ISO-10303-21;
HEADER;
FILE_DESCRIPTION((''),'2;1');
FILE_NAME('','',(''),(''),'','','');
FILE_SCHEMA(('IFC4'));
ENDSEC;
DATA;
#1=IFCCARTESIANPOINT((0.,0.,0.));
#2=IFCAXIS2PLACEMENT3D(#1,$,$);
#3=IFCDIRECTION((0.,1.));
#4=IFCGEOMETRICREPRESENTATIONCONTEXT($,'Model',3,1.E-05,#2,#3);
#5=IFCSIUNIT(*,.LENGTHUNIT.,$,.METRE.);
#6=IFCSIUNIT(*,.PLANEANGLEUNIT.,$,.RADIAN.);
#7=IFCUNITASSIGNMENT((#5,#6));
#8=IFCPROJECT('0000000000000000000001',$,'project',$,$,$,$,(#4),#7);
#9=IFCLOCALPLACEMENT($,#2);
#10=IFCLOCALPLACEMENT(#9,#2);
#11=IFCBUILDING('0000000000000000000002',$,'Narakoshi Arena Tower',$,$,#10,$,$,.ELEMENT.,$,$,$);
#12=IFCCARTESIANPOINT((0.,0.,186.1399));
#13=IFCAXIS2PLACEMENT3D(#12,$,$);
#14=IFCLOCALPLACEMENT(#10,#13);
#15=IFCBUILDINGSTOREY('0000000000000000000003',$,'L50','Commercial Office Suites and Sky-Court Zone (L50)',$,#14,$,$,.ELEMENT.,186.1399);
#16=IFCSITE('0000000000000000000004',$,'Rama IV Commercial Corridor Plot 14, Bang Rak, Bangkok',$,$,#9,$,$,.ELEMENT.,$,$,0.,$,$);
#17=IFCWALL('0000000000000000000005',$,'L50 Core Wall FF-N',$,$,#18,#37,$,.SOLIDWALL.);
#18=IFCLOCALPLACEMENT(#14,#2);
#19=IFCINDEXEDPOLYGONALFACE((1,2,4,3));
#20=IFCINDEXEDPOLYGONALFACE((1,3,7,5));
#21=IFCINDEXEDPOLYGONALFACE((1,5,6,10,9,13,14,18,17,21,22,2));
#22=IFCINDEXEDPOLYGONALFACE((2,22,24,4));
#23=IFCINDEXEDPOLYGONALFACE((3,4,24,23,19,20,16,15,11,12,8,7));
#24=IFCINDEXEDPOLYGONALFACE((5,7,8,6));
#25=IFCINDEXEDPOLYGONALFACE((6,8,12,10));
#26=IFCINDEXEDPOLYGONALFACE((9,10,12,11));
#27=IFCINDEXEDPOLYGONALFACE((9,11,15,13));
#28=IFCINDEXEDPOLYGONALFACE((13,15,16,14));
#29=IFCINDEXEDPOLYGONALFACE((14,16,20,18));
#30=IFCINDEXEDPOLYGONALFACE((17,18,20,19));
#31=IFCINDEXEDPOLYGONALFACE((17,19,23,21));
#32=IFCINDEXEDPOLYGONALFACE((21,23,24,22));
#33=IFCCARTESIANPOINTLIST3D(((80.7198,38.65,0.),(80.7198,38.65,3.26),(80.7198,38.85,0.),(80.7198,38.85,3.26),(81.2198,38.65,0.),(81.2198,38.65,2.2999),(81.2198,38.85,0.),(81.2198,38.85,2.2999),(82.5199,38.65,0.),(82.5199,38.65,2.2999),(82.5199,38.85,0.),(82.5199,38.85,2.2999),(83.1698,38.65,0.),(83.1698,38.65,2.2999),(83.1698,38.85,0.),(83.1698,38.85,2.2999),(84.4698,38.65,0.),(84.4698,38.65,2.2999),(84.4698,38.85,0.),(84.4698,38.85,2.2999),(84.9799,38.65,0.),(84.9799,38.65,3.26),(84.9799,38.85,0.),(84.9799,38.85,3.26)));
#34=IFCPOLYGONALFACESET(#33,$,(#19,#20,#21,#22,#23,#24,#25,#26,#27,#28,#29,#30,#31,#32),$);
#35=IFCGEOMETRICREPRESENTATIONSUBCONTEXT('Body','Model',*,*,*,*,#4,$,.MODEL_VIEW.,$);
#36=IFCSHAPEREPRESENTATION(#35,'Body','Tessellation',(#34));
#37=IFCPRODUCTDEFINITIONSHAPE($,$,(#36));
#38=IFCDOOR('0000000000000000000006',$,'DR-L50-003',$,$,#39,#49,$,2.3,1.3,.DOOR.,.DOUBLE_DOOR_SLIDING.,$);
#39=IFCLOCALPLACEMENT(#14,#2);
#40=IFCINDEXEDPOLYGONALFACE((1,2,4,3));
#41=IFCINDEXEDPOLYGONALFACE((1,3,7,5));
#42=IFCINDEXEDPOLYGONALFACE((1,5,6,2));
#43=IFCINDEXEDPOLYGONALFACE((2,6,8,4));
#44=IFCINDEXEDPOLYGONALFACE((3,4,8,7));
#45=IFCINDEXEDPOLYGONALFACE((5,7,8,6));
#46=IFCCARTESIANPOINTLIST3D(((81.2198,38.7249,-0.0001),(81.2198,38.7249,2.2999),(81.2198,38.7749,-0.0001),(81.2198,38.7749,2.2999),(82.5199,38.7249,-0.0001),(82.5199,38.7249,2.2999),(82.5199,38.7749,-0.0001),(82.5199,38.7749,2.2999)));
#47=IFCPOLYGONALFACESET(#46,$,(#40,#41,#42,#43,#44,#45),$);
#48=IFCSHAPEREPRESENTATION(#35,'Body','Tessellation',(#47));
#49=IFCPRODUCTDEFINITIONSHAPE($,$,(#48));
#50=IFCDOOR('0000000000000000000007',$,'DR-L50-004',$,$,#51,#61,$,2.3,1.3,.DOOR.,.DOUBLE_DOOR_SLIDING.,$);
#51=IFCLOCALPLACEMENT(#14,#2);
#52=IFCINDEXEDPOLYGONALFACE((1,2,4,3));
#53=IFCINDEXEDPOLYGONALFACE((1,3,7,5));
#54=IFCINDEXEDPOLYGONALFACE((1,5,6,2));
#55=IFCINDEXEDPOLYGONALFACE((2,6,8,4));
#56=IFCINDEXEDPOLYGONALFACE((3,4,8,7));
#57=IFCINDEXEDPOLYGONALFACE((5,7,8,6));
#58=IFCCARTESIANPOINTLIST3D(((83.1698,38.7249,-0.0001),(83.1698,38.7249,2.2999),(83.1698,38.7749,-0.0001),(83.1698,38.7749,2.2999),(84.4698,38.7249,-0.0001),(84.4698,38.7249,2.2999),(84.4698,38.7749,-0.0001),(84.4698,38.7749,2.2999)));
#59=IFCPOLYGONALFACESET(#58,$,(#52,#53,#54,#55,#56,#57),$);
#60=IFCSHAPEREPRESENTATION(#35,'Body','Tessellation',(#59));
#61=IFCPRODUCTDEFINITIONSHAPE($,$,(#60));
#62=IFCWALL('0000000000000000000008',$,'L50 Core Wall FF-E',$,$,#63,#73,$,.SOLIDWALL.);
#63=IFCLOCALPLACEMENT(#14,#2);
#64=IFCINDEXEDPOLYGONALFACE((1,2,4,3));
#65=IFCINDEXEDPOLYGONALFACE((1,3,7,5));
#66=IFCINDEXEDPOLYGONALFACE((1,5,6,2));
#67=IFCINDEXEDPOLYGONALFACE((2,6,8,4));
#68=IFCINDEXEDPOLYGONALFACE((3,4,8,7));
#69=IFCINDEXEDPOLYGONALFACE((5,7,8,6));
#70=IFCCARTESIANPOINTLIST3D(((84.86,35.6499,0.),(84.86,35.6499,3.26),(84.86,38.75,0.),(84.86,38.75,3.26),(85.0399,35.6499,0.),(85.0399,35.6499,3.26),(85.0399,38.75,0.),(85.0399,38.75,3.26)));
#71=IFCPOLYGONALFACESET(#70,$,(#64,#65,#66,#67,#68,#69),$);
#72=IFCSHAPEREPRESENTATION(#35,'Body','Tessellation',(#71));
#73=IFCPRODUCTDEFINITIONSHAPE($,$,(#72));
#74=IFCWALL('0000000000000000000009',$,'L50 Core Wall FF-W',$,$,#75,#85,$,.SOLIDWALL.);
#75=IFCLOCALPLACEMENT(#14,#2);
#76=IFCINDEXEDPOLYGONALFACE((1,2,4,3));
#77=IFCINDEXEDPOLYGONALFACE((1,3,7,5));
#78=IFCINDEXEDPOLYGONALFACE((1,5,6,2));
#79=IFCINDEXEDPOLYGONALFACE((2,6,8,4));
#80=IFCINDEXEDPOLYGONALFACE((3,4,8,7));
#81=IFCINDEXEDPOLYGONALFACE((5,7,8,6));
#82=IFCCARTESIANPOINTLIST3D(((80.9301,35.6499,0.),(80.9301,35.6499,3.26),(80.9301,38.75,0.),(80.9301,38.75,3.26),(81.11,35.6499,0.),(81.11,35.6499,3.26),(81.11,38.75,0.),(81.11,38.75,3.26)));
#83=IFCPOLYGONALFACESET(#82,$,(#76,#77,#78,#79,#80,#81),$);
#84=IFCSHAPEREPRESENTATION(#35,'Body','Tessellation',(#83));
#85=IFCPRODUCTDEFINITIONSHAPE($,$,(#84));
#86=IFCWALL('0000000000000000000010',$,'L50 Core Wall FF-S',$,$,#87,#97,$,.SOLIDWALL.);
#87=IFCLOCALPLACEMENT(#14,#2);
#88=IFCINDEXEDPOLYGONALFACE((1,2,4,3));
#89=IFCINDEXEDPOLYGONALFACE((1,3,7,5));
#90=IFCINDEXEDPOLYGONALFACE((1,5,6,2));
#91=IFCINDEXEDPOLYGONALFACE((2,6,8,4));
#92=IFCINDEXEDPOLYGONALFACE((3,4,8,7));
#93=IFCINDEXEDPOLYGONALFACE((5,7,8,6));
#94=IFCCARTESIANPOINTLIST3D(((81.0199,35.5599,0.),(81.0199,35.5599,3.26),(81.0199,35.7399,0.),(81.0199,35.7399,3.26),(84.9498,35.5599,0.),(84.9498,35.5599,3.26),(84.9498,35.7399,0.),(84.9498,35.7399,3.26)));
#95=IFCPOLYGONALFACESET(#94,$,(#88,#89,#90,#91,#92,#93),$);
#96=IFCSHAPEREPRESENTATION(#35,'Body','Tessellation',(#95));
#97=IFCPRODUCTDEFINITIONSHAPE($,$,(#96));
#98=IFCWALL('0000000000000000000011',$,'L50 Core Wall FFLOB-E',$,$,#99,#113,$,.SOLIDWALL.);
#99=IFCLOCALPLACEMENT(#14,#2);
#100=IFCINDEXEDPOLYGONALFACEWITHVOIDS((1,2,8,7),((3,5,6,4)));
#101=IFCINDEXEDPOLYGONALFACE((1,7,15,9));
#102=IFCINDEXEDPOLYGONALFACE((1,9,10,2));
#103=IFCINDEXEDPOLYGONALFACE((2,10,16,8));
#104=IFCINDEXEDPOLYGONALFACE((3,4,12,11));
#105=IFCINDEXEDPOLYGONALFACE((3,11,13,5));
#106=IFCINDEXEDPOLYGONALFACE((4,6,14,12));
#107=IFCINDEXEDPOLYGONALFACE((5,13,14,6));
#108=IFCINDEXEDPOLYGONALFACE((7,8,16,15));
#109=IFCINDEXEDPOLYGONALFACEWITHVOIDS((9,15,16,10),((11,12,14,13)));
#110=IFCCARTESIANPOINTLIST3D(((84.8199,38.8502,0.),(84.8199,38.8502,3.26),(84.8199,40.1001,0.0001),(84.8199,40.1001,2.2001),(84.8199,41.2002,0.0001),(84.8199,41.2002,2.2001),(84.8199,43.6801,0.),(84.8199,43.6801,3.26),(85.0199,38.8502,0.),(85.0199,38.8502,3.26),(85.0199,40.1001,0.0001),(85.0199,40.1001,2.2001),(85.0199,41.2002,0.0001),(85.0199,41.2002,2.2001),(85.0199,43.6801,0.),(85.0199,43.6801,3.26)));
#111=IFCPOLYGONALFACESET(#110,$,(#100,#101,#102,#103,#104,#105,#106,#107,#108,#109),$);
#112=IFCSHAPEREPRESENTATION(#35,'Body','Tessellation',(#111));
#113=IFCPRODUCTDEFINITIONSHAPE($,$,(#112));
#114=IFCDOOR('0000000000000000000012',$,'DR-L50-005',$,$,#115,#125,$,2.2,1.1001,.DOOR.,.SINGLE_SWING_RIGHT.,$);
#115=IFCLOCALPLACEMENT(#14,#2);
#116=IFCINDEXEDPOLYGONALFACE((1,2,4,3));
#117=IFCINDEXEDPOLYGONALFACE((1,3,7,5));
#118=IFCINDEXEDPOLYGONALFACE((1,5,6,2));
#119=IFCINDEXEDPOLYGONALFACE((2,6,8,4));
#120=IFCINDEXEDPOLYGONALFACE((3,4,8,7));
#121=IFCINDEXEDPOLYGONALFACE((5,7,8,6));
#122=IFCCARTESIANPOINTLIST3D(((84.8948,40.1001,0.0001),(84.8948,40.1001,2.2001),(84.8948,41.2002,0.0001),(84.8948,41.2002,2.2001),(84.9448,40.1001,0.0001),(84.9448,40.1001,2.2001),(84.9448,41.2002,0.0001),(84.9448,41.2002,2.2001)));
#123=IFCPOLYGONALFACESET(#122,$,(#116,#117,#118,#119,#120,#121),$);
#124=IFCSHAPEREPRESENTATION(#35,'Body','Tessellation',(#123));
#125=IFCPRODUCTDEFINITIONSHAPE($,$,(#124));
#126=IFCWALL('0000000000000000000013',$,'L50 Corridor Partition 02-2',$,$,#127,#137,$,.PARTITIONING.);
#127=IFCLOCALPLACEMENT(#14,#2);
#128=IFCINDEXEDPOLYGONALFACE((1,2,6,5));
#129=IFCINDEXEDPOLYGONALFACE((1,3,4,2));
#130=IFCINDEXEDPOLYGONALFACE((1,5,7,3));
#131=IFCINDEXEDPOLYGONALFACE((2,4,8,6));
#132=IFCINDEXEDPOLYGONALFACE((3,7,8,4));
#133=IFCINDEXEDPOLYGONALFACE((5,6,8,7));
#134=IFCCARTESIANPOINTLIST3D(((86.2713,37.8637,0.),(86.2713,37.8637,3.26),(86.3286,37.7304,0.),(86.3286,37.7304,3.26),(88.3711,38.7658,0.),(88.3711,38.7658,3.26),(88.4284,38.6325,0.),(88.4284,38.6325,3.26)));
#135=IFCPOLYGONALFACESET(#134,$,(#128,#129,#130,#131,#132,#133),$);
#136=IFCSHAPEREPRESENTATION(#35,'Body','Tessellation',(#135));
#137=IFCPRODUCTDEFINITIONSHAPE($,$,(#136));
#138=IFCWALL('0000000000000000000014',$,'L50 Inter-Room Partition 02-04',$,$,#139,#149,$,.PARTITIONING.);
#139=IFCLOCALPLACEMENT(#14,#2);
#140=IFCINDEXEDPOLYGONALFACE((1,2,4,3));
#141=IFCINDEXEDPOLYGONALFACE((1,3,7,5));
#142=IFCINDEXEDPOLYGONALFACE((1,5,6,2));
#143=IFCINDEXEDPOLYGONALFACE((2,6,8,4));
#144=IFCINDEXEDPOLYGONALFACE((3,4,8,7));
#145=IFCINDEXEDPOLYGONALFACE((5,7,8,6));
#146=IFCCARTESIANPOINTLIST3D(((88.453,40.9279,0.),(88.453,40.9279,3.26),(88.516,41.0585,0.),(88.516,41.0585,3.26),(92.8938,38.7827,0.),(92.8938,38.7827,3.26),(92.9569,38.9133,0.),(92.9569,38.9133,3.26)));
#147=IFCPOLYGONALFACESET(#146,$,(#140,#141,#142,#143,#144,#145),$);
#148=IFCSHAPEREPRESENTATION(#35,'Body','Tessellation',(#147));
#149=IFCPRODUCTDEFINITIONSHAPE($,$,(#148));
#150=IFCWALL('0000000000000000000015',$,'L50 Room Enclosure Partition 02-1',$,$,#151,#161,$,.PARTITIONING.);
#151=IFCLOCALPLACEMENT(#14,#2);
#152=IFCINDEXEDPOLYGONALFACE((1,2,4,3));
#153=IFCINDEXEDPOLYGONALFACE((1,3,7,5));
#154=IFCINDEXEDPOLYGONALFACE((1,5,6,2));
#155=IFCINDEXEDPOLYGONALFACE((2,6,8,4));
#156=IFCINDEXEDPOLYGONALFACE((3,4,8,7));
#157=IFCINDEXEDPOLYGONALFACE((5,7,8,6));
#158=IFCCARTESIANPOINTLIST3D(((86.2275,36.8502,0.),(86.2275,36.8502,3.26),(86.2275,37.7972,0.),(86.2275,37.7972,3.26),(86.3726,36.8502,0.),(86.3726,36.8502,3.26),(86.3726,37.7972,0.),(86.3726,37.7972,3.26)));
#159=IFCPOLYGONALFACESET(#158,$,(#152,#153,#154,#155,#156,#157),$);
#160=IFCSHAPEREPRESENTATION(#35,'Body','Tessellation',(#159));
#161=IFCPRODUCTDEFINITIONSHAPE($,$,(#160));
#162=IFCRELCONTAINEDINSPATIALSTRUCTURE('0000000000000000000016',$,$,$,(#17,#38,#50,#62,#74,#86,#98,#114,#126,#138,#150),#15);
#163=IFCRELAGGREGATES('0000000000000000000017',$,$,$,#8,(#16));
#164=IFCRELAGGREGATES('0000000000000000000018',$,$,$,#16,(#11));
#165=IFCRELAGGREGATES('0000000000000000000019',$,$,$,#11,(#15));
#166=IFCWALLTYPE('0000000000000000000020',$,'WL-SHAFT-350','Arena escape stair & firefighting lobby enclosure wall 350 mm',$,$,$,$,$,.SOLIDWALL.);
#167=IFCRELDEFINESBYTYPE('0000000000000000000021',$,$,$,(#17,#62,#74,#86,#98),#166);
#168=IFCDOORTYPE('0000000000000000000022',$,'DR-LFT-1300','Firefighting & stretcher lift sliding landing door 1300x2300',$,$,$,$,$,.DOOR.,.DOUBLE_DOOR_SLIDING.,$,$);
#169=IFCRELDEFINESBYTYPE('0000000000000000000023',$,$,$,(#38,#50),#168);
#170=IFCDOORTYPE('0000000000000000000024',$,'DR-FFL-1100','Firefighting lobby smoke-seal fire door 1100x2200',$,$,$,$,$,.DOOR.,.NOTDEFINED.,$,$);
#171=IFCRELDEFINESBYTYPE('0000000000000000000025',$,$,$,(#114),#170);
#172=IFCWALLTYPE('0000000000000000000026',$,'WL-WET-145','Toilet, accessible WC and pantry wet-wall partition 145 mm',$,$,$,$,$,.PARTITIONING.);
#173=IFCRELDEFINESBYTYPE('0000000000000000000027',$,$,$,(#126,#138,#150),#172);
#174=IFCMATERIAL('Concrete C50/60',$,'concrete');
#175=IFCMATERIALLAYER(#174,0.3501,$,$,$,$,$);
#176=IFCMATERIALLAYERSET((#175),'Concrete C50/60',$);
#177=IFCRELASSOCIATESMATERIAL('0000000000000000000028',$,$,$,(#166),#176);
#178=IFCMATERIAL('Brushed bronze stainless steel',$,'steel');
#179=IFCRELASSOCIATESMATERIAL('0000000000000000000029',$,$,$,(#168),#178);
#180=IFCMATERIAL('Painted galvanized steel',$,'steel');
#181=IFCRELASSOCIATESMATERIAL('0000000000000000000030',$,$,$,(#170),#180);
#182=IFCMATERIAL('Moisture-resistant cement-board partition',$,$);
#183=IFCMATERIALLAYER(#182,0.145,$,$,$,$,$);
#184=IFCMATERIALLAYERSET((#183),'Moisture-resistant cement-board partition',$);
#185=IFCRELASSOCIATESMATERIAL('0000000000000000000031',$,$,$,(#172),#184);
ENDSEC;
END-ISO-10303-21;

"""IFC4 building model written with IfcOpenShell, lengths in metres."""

from ifc_helpers import new_model, si_unit, direction, frame, frame_2d, origin, place, context, subcontext, project, spatial, rectangle, extrude, material, layer, layer_set, type_object, element, fill, save


model = new_model("IFC4")

# Units and contexts
model_context = context("Model", 3, precision=1e-05, world=origin(), true_north=direction((0.0, 1.0)))
body_context = subcontext(model_context, "Body", "Model", "MODEL_VIEW")
ifc_project = project(units=[si_unit("LENGTHUNIT", "METRE"), si_unit("PLANEANGLEUNIT", "RADIAN")], contexts=[model_context])

# Site, building, storey
site_placement = place(None, origin())
site = spatial("IfcSite", under=ifc_project, at=site_placement, Name="Rama IV Commercial Corridor Plot 14, Bang Rak, Bangkok", CompositionType="ELEMENT", RefElevation=0.0)
building_placement = place(site_placement, origin())
building = spatial("IfcBuilding", under=site, at=building_placement, Name="Narakoshi Arena Tower", CompositionType="ELEMENT")
storey_placement = place(building_placement, frame((0.0, 0.0, 186.1399)))
storey = spatial("IfcBuildingStorey", under=building, at=storey_placement, Name="L50", Description="Commercial Office Suites and Sky-Court Zone (L50)", CompositionType="ELEMENT", Elevation=186.1399)

# Shared definitions
ifc_material_1 = material(Name="Concrete C50/60", Category="concrete")

# Shared definitions
ifc_layer_1 = layer(ifc_material_1, 0.3501)
ifc_layer_set_1 = layer_set([ifc_layer_1], Name="Concrete C50/60")
wall_type_1 = type_object("IfcWallType", Name="WL-SHAFT-350", Description="Arena escape stair & firefighting lobby enclosure wall 350 mm", PredefinedType="SOLIDWALL", material=ifc_layer_set_1)

# Shared definitions
ifc_material_2 = material(Name="Painted galvanized steel", Category="steel")

# Wall, openings, doors
wall_1_placement = place(storey_placement, frame((80.72, 38.75, 0.0), z_axis=(0.0, 0.0, 1.0), x_axis=(1.0, 0.0, 0.0)))
wall_1 = element("IfcWall", 1, at=wall_1_placement, inside=storey, type_object=wall_type_1, Name="L50 Core Wall FF-N", PredefinedType="SOLIDWALL", context=body_context, shape_type="SweptSolid", body=[
    extrude(rectangle(XDim=4.26, YDim=0.2, at=frame_2d((2.1299, 0.0))), origin(), (0.0, 0.0, 1.0), 3.26),
])
opening_1_placement = place(wall_1_placement, frame((0.5, 0.0, 0.0)))
opening_1 = element("IfcOpeningElement", 2, at=opening_1_placement, cuts=wall_1, PredefinedType="OPENING", context=body_context, shape_type="SweptSolid", body=[
    extrude(rectangle(XDim=1.3, YDim=2.3, at=frame_2d((0.6499, 1.1499))), frame((0.0, 0.1099, 0.0), z_axis=(0.0, -1.0, 0.0), x_axis=(1.0, 0.0, 0.0)), (0.0, 0.0, 1.0), 0.22),
])
opening_2_placement = place(wall_1_placement, frame((2.45, 0.0, 0.0)))
opening_2 = element("IfcOpeningElement", 3, at=opening_2_placement, cuts=wall_1, PredefinedType="OPENING", context=body_context, shape_type="SweptSolid", body=[
    extrude(rectangle(XDim=1.3, YDim=2.3, at=frame_2d((0.6499, 1.1499))), frame((0.0, 0.1099, 0.0), z_axis=(0.0, -1.0, 0.0), x_axis=(1.0, 0.0, 0.0)), (0.0, 0.0, 1.0), 0.22),
])
ifc_material_3 = material(Name="Brushed bronze stainless steel", Category="steel")
door_type_1 = type_object("IfcDoorType", Name="DR-LFT-1300", Description="Firefighting & stretcher lift sliding landing door 1300x2300", OperationType="DOUBLE_DOOR_SLIDING", PredefinedType="DOOR", material=ifc_material_3)
door_1_placement = place(opening_1_placement, origin())
door_1 = element("IfcDoor", 4, at=door_1_placement, inside=storey, type_object=door_type_1, Name="DR-L50-003", OperationType="DOUBLE_DOOR_SLIDING", OverallHeight=2.3, OverallWidth=1.3, PredefinedType="DOOR", context=body_context, shape_type="SweptSolid", body=[
    extrude(rectangle(XDim=1.3, YDim=2.3, at=frame_2d((0.6499, 1.1499))), frame((0.0, 0.0249, 0.0), z_axis=(0.0, -1.0, 0.0), x_axis=(1.0, 0.0, 0.0)), (0.0, 0.0, 1.0), 0.05),
])
fill(opening_1, door_1)
door_2_placement = place(opening_2_placement, origin())
door_2 = element("IfcDoor", 5, at=door_2_placement, inside=storey, type_object=door_type_1, Name="DR-L50-004", OperationType="DOUBLE_DOOR_SLIDING", OverallHeight=2.3, OverallWidth=1.3, PredefinedType="DOOR", context=body_context, shape_type="SweptSolid", body=[
    extrude(rectangle(XDim=1.3, YDim=2.3, at=frame_2d((0.6499, 1.1499))), frame((0.0, 0.0249, 0.0), z_axis=(0.0, -1.0, 0.0), x_axis=(1.0, 0.0, 0.0)), (0.0, 0.0, 1.0), 0.05),
])
fill(opening_2, door_2)

# Walls
for number, where, z_axis, x_axis, name in (
    (6, (84.95, 35.6499, 0.0), (0.0, 0.0, 1.0), (0.0, 1.0, 0.0), "L50 Core Wall FF-E"),
    (7, (81.02, 35.6499, 0.0), (0.0, 0.0, 1.0), (0.0, 1.0, 0.0), "L50 Core Wall FF-W"),
):
    element("IfcWall", number, at=place(storey_placement, frame(where, z_axis=z_axis, x_axis=x_axis)), inside=storey, type_object=wall_type_1, Name=name, PredefinedType="SOLIDWALL", context=body_context, shape_type="SweptSolid", body=[
        extrude(rectangle(XDim=3.1001, YDim=0.1799, at=frame_2d((1.55, 0.0))), origin(), (0.0, 0.0, 1.0), 3.26),
    ])
wall_2_placement = place(storey_placement, frame((81.02, 35.6499, 0.0), z_axis=(0.0, 0.0, 1.0), x_axis=(1.0, 0.0, 0.0)))
element("IfcWall", 8, at=wall_2_placement, inside=storey, type_object=wall_type_1, Name="L50 Core Wall FF-S", PredefinedType="SOLIDWALL", context=body_context, shape_type="SweptSolid", body=[
    extrude(rectangle(XDim=3.9299, YDim=0.1799, at=frame_2d((1.9648, 0.0))), origin(), (0.0, 0.0, 1.0), 3.26),
])

# Wall, opening, door
wall_3_placement = place(storey_placement, frame((84.9199, 38.8501, 0.0), z_axis=(0.0, 0.0, 1.0), x_axis=(0.0, 1.0, 0.0)))
wall_3 = element("IfcWall", 9, at=wall_3_placement, inside=storey, type_object=wall_type_1, Name="L50 Core Wall FFLOB-E", PredefinedType="SOLIDWALL", context=body_context, shape_type="SweptSolid", body=[
    extrude(rectangle(XDim=4.8298, YDim=0.2, at=frame_2d((2.415, 0.0))), origin(), (0.0, 0.0, 1.0), 3.26),
])
opening_3_placement = place(wall_3_placement, frame((1.25, 0.0, 0.0)))
opening_3 = element("IfcOpeningElement", 10, at=opening_3_placement, cuts=wall_3, PredefinedType="OPENING", context=body_context, shape_type="SweptSolid", body=[
    extrude(rectangle(XDim=1.1001, YDim=2.2, at=frame_2d((0.55, 1.1001))), frame((0.0, 0.1099, 0.0), z_axis=(0.0, -1.0, 0.0), x_axis=(1.0, 0.0, 0.0)), (0.0, 0.0, 1.0), 0.22),
])
door_type_2 = type_object("IfcDoorType", Name="DR-FFL-1100", Description="Firefighting lobby smoke-seal fire door 1100x2200", OperationType="NOTDEFINED", PredefinedType="DOOR", material=ifc_material_2)
door_3_placement = place(opening_3_placement, frame((1.1001, 0.0, 0.0), z_axis=(0.0, 0.0, 1.0), x_axis=(-1.0, 0.0, 0.0)))
door_3 = element("IfcDoor", 11, at=door_3_placement, inside=storey, type_object=door_type_2, Name="DR-L50-005", OperationType="SINGLE_SWING_RIGHT", OverallHeight=2.2, OverallWidth=1.1001, PredefinedType="DOOR", context=body_context, shape_type="SweptSolid", body=[
    extrude(rectangle(XDim=1.1001, YDim=2.2, at=frame_2d((0.55, 1.1001))), frame((0.0, 0.0249, 0.0), z_axis=(0.0, -1.0, 0.0), x_axis=(1.0, 0.0, 0.0)), (0.0, 0.0, 1.0), 0.05),
])
fill(opening_3, door_3)
ifc_material_4 = material(Name="Moisture-resistant cement-board partition")
ifc_layer_2 = layer(ifc_material_4, 0.145)
ifc_layer_set_2 = layer_set([ifc_layer_2], Name="Moisture-resistant cement-board partition")
wall_type_2 = type_object("IfcWallType", Name="WL-WET-145", Description="Toilet, accessible WC and pantry wet-wall partition 145 mm", PredefinedType="PARTITIONING", material=ifc_layer_set_2)

# Walls
wall_4_placement = place(storey_placement, frame((86.3, 37.7971, 0.0), z_axis=(0.0, 0.0, 1.0), x_axis=(0.918802, 0.394718, 0.0)))
element("IfcWall", 12, at=wall_4_placement, inside=storey, type_object=wall_type_2, Name="L50 Corridor Partition 02-2", PredefinedType="PARTITIONING", context=body_context, shape_type="SweptSolid", body=[
    extrude(rectangle(XDim=2.2854, YDim=0.145, at=frame_2d((1.1426, 0.0))), origin(), (0.0, 0.0, 1.0), 3.26),
])
wall_5_placement = place(storey_placement, frame((88.4846, 40.9932, 0.0), z_axis=(0.0, 0.0, 1.0), x_axis=(0.900443, -0.434975, 0.0)))
element("IfcWall", 13, at=wall_5_placement, inside=storey, type_object=wall_type_2, Name="L50 Inter-Room Partition 02-04", PredefinedType="PARTITIONING", context=body_context, shape_type="SweptSolid", body=[
    extrude(rectangle(XDim=4.9319, YDim=0.145, at=frame_2d((2.4658, 0.0))), origin(), (0.0, 0.0, 1.0), 3.26),
])
wall_6_placement = place(storey_placement, frame((86.3, 36.8501, 0.0), z_axis=(0.0, 0.0, 1.0), x_axis=(0.0, 1.0, 0.0)))
element("IfcWall", 14, at=wall_6_placement, inside=storey, type_object=wall_type_2, Name="L50 Room Enclosure Partition 02-1", PredefinedType="PARTITIONING", context=body_context, shape_type="SweptSolid", body=[
    extrude(rectangle(XDim=0.947, YDim=0.145, at=frame_2d((0.4736, 0.0))), origin(), (0.0, 0.0, 1.0), 3.26),
])

save(model, "model.ifc")
